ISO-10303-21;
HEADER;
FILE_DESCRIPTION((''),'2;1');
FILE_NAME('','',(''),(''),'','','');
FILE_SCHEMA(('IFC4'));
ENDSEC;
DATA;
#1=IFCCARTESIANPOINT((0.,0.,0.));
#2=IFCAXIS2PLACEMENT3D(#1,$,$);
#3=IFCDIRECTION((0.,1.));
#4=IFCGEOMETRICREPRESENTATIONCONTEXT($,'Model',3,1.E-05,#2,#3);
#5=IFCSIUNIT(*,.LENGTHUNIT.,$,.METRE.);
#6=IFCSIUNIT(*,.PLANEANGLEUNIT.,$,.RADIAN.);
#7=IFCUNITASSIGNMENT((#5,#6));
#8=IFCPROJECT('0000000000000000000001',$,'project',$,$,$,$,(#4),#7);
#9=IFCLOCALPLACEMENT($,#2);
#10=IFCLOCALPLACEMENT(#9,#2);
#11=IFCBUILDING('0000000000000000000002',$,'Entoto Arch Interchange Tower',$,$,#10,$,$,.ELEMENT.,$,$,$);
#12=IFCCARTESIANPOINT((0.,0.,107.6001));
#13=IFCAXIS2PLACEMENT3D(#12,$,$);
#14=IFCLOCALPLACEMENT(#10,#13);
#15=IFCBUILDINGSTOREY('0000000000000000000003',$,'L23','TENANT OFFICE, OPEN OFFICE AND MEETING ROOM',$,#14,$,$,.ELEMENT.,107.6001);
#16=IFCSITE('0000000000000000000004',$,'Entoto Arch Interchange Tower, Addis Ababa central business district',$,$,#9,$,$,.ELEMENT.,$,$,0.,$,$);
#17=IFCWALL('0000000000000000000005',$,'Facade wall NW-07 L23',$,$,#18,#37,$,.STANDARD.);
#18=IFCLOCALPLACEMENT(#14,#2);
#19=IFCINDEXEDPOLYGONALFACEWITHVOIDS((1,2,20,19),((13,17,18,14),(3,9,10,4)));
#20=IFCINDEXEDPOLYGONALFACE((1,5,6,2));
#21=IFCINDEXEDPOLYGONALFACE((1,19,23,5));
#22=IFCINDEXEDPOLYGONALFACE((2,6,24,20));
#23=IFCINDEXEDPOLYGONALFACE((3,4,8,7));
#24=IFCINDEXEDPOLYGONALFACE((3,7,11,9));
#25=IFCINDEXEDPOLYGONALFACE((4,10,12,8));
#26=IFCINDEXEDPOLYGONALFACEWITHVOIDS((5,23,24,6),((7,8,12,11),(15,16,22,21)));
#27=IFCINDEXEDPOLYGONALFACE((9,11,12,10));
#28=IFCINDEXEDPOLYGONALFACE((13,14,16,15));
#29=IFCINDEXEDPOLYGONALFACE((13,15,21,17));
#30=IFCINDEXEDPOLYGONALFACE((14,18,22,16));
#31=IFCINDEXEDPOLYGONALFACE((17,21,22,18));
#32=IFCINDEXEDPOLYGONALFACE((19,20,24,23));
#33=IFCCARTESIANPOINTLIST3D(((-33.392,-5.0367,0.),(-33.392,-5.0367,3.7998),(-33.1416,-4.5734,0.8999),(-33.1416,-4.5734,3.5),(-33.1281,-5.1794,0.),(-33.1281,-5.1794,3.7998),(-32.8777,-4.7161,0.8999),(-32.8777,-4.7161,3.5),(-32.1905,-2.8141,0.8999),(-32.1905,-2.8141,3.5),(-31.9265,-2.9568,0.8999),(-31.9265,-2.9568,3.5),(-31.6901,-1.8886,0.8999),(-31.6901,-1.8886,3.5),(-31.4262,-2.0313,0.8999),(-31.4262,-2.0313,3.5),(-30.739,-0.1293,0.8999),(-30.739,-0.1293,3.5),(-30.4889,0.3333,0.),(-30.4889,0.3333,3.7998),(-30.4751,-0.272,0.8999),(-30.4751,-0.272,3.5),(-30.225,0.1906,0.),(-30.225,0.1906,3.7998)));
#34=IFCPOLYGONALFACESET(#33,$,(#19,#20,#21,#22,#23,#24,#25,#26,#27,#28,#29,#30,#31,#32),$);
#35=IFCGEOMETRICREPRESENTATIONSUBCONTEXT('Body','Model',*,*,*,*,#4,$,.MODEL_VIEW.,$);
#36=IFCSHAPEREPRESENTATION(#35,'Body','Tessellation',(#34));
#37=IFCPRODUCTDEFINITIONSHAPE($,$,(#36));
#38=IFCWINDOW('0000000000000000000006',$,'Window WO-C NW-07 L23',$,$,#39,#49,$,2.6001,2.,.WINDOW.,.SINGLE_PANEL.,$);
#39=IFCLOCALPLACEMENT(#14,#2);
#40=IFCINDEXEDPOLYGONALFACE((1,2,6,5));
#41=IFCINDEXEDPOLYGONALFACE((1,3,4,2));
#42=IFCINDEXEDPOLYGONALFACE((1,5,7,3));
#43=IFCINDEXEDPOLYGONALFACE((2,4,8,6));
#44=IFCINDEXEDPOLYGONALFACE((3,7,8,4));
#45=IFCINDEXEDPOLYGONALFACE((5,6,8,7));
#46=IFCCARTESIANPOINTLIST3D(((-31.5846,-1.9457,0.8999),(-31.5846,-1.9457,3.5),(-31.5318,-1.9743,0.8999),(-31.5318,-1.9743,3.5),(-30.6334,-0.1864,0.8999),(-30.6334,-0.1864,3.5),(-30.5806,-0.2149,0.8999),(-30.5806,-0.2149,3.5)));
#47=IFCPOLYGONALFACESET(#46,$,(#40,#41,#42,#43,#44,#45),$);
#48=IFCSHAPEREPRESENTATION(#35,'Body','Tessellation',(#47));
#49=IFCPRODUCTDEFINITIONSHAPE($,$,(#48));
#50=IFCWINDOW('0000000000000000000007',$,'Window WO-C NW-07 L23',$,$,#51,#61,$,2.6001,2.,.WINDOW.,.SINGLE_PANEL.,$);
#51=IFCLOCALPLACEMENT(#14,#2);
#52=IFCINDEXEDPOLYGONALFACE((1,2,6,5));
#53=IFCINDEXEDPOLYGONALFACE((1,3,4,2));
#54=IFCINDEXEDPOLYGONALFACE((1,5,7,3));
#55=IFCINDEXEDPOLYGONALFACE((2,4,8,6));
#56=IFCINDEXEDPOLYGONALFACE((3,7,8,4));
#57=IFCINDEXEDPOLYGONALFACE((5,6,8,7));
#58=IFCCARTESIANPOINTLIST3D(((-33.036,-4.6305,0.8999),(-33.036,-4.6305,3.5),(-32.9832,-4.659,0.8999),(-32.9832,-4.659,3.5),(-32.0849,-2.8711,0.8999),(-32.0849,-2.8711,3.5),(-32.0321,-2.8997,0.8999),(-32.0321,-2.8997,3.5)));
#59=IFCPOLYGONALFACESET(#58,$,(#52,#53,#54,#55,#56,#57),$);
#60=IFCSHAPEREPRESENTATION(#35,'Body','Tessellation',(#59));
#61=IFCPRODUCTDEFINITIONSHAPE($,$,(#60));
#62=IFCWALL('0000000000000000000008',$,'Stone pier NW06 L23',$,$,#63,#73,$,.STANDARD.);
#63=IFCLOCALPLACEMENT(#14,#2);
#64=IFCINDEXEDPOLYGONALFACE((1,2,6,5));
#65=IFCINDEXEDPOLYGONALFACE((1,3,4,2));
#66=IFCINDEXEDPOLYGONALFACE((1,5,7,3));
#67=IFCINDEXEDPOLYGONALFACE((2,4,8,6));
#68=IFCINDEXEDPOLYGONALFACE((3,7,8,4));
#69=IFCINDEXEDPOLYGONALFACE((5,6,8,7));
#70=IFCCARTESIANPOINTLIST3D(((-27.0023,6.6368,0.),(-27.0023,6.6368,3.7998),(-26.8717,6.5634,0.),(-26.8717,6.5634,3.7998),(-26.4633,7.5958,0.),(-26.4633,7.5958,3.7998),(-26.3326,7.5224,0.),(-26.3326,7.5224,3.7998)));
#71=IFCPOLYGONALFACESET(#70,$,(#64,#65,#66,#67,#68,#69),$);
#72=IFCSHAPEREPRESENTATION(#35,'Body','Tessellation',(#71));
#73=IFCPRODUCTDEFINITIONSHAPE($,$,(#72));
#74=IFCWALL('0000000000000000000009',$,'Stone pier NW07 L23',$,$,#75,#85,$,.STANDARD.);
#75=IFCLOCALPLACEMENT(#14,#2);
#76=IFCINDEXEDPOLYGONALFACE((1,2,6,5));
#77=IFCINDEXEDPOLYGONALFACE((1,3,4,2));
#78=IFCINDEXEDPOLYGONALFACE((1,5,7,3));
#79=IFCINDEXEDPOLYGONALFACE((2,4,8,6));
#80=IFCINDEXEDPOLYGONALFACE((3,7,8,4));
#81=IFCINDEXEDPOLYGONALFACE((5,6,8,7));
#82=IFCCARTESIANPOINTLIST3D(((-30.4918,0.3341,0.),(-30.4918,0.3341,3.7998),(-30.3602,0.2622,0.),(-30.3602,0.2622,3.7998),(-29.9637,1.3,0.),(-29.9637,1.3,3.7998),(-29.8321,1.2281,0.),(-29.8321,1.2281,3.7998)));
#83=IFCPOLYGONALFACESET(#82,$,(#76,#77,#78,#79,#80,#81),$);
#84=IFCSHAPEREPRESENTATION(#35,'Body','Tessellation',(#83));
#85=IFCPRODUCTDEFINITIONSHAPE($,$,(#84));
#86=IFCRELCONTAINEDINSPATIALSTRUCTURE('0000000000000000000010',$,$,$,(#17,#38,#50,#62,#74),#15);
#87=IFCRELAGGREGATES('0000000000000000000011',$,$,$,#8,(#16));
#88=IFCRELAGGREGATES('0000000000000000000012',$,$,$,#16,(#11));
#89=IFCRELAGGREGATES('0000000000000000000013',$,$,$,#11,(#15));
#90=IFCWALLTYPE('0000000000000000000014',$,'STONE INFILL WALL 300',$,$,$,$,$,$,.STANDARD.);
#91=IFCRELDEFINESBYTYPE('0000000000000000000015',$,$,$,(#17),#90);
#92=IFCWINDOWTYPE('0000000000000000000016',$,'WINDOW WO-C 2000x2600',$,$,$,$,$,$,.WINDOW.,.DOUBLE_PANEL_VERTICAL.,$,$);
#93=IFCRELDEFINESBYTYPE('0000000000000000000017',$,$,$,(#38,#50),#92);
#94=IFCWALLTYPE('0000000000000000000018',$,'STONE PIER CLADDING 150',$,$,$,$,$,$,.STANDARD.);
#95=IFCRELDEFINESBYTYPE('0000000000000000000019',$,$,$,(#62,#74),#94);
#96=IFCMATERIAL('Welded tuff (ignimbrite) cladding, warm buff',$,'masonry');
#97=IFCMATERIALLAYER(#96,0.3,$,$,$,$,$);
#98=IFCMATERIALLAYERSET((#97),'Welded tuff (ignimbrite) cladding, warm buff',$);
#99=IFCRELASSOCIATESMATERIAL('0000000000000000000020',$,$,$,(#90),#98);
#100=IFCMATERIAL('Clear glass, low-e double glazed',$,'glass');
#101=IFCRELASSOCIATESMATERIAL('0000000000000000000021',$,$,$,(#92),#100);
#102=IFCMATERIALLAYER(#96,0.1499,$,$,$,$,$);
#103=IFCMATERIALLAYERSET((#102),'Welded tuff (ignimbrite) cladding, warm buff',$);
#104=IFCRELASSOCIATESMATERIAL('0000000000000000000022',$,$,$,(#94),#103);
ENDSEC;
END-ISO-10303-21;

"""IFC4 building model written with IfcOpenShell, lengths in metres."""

from ifc_helpers import new_model, si_unit, direction, frame, frame_2d, origin, place, context, subcontext, project, spatial, rectangle, extrude, material, layer, layer_set, type_object, element, fill, save


model = new_model("IFC4")

# Units and contexts
model_context = context("Model", 3, precision=1e-05, world=origin(), true_north=direction((0.0, 1.0)))
body_context = subcontext(model_context, "Body", "Model", "MODEL_VIEW")
ifc_project = project(units=[si_unit("LENGTHUNIT", "METRE"), si_unit("PLANEANGLEUNIT", "RADIAN")], contexts=[model_context])

# Site, building, storey
site_placement = place(None, origin())
site = spatial("IfcSite", under=ifc_project, at=site_placement, Name="Entoto Arch Interchange Tower, Addis Ababa central business district", CompositionType="ELEMENT", RefElevation=0.0)
building_placement = place(site_placement, origin())
building = spatial("IfcBuilding", under=site, at=building_placement, Name="Entoto Arch Interchange Tower", CompositionType="ELEMENT")
storey_placement = place(building_placement, frame((0.0, 0.0, 107.6001)))
storey = spatial("IfcBuildingStorey", under=building, at=storey_placement, Name="L23", Description="TENANT OFFICE, OPEN OFFICE AND MEETING ROOM", CompositionType="ELEMENT", Elevation=107.6001)

# Shared definitions
ifc_material_1 = material(Name="Welded tuff (ignimbrite) cladding, warm buff", Category="masonry")
ifc_layer_1 = layer(ifc_material_1, 0.3)
ifc_layer_set_1 = layer_set([ifc_layer_1], Name="Welded tuff (ignimbrite) cladding, warm buff")
wall_type_1 = type_object("IfcWallType", Name="STONE INFILL WALL 300", PredefinedType="STANDARD", material=ifc_layer_set_1)
ifc_material_2 = material(Name="Clear glass, low-e double glazed", Category="glass")
window_type = type_object("IfcWindowType", Name="WINDOW WO-C 2000x2600", PartitioningType="DOUBLE_PANEL_VERTICAL", PredefinedType="WINDOW", material=ifc_material_2)

# Wall, openings, windows
wall_1_placement = place(storey_placement, frame((-30.3569, 0.262, 0.0), z_axis=(0.0, 0.0, 1.0), x_axis=(-0.475573, -0.879676, 0.0)))
wall_1 = element("IfcWall", 1, at=wall_1_placement, inside=storey, type_object=wall_type_1, Name="Facade wall NW-07 L23", PredefinedType="STANDARD", context=body_context, shape_type="SweptSolid", body=[
    extrude(rectangle(XDim=6.1045, YDim=0.3, at=frame_2d((3.0522, 0.0))), origin(), (0.0, 0.0, 1.0), 3.7998),
])
opening_1_placement = place(wall_1_placement, frame((0.5259, 0.0, 0.8999)))
opening_1 = element("IfcOpeningElement", 2, at=opening_1_placement, cuts=wall_1, PredefinedType="OPENING", context=body_context, shape_type="SweptSolid", body=[
    extrude(rectangle(XDim=2.0, YDim=2.6001, at=frame_2d((1.0, 1.3))), frame((0.0, 0.1602, 0.0), z_axis=(0.0, -1.0, 0.0), x_axis=(1.0, 0.0, 0.0)), (0.0, 0.0, 1.0), 0.3201),
])
opening_2_placement = place(wall_1_placement, frame((3.5779, 0.0, 0.8999)))
opening_2 = element("IfcOpeningElement", 3, at=opening_2_placement, cuts=wall_1, PredefinedType="OPENING", context=body_context, shape_type="SweptSolid", body=[
    extrude(rectangle(XDim=2.0, YDim=2.6001, at=frame_2d((1.0, 1.3))), frame((0.0, 0.1602, 0.0), z_axis=(0.0, -1.0, 0.0), x_axis=(1.0, 0.0, 0.0)), (0.0, 0.0, 1.0), 0.3201),
])
window_1_placement = place(opening_1_placement, origin())
window_1 = element("IfcWindow", 4, at=window_1_placement, inside=storey, type_object=window_type, Name="Window WO-C NW-07 L23", OverallHeight=2.6001, OverallWidth=2.0, PartitioningType="SINGLE_PANEL", PredefinedType="WINDOW", context=body_context, shape_type="SweptSolid", body=[
    extrude(rectangle(XDim=2.0, YDim=2.6001, at=frame_2d((1.0, 1.3))), frame((0.0, 0.03, 0.0), z_axis=(0.0, -1.0, 0.0), x_axis=(1.0, 0.0, 0.0)), (0.0, 0.0, 1.0), 0.0601),
])
fill(opening_1, window_1)
window_2_placement = place(opening_2_placement, origin())
window_2 = element("IfcWindow", 5, at=window_2_placement, inside=storey, type_object=window_type, Name="Window WO-C NW-07 L23", OverallHeight=2.6001, OverallWidth=2.0, PartitioningType="SINGLE_PANEL", PredefinedType="WINDOW", context=body_context, shape_type="SweptSolid", body=[
    extrude(rectangle(XDim=2.0, YDim=2.6001, at=frame_2d((1.0, 1.3))), frame((0.0, 0.03, 0.0), z_axis=(0.0, -1.0, 0.0), x_axis=(1.0, 0.0, 0.0)), (0.0, 0.0, 1.0), 0.0601),
])
fill(opening_2, window_2)

# Walls
ifc_layer_2 = layer(ifc_material_1, 0.1499)
ifc_layer_set_2 = layer_set([ifc_layer_2], Name="Welded tuff (ignimbrite) cladding, warm buff")
wall_type_2 = type_object("IfcWallType", Name="STONE PIER CLADDING 150", PredefinedType="STANDARD", material=ifc_layer_set_2)
wall_2_placement = place(storey_placement, frame((-26.3979, 7.5591, 0.0), z_axis=(0.0, 0.0, 1.0), x_axis=(-0.490008, -0.871718, 0.0)))
element("IfcWall", 6, at=wall_2_placement, inside=storey, type_object=wall_type_2, Name="Stone pier NW06 L23", PredefinedType="STANDARD", context=body_context, shape_type="SweptSolid", body=[
    extrude(rectangle(XDim=1.1001, YDim=0.1499, at=frame_2d((0.55, 0.0))), origin(), (0.0, 0.0, 1.0), 3.7998),
])
wall_3_placement = place(storey_placement, frame((-29.8979, 1.2639, 0.0), z_axis=(0.0, 0.0, 1.0), x_axis=(-0.479738, -0.877412, 0.0)))
element("IfcWall", 7, at=wall_3_placement, inside=storey, type_object=wall_type_2, Name="Stone pier NW07 L23", PredefinedType="STANDARD", context=body_context, shape_type="SweptSolid", body=[
    extrude(rectangle(XDim=1.1008, YDim=0.1499, at=frame_2d((0.5503, 0.0))), origin(), (0.0, 0.0, 1.0), 3.7998),
])

save(model, "model.ifc")
